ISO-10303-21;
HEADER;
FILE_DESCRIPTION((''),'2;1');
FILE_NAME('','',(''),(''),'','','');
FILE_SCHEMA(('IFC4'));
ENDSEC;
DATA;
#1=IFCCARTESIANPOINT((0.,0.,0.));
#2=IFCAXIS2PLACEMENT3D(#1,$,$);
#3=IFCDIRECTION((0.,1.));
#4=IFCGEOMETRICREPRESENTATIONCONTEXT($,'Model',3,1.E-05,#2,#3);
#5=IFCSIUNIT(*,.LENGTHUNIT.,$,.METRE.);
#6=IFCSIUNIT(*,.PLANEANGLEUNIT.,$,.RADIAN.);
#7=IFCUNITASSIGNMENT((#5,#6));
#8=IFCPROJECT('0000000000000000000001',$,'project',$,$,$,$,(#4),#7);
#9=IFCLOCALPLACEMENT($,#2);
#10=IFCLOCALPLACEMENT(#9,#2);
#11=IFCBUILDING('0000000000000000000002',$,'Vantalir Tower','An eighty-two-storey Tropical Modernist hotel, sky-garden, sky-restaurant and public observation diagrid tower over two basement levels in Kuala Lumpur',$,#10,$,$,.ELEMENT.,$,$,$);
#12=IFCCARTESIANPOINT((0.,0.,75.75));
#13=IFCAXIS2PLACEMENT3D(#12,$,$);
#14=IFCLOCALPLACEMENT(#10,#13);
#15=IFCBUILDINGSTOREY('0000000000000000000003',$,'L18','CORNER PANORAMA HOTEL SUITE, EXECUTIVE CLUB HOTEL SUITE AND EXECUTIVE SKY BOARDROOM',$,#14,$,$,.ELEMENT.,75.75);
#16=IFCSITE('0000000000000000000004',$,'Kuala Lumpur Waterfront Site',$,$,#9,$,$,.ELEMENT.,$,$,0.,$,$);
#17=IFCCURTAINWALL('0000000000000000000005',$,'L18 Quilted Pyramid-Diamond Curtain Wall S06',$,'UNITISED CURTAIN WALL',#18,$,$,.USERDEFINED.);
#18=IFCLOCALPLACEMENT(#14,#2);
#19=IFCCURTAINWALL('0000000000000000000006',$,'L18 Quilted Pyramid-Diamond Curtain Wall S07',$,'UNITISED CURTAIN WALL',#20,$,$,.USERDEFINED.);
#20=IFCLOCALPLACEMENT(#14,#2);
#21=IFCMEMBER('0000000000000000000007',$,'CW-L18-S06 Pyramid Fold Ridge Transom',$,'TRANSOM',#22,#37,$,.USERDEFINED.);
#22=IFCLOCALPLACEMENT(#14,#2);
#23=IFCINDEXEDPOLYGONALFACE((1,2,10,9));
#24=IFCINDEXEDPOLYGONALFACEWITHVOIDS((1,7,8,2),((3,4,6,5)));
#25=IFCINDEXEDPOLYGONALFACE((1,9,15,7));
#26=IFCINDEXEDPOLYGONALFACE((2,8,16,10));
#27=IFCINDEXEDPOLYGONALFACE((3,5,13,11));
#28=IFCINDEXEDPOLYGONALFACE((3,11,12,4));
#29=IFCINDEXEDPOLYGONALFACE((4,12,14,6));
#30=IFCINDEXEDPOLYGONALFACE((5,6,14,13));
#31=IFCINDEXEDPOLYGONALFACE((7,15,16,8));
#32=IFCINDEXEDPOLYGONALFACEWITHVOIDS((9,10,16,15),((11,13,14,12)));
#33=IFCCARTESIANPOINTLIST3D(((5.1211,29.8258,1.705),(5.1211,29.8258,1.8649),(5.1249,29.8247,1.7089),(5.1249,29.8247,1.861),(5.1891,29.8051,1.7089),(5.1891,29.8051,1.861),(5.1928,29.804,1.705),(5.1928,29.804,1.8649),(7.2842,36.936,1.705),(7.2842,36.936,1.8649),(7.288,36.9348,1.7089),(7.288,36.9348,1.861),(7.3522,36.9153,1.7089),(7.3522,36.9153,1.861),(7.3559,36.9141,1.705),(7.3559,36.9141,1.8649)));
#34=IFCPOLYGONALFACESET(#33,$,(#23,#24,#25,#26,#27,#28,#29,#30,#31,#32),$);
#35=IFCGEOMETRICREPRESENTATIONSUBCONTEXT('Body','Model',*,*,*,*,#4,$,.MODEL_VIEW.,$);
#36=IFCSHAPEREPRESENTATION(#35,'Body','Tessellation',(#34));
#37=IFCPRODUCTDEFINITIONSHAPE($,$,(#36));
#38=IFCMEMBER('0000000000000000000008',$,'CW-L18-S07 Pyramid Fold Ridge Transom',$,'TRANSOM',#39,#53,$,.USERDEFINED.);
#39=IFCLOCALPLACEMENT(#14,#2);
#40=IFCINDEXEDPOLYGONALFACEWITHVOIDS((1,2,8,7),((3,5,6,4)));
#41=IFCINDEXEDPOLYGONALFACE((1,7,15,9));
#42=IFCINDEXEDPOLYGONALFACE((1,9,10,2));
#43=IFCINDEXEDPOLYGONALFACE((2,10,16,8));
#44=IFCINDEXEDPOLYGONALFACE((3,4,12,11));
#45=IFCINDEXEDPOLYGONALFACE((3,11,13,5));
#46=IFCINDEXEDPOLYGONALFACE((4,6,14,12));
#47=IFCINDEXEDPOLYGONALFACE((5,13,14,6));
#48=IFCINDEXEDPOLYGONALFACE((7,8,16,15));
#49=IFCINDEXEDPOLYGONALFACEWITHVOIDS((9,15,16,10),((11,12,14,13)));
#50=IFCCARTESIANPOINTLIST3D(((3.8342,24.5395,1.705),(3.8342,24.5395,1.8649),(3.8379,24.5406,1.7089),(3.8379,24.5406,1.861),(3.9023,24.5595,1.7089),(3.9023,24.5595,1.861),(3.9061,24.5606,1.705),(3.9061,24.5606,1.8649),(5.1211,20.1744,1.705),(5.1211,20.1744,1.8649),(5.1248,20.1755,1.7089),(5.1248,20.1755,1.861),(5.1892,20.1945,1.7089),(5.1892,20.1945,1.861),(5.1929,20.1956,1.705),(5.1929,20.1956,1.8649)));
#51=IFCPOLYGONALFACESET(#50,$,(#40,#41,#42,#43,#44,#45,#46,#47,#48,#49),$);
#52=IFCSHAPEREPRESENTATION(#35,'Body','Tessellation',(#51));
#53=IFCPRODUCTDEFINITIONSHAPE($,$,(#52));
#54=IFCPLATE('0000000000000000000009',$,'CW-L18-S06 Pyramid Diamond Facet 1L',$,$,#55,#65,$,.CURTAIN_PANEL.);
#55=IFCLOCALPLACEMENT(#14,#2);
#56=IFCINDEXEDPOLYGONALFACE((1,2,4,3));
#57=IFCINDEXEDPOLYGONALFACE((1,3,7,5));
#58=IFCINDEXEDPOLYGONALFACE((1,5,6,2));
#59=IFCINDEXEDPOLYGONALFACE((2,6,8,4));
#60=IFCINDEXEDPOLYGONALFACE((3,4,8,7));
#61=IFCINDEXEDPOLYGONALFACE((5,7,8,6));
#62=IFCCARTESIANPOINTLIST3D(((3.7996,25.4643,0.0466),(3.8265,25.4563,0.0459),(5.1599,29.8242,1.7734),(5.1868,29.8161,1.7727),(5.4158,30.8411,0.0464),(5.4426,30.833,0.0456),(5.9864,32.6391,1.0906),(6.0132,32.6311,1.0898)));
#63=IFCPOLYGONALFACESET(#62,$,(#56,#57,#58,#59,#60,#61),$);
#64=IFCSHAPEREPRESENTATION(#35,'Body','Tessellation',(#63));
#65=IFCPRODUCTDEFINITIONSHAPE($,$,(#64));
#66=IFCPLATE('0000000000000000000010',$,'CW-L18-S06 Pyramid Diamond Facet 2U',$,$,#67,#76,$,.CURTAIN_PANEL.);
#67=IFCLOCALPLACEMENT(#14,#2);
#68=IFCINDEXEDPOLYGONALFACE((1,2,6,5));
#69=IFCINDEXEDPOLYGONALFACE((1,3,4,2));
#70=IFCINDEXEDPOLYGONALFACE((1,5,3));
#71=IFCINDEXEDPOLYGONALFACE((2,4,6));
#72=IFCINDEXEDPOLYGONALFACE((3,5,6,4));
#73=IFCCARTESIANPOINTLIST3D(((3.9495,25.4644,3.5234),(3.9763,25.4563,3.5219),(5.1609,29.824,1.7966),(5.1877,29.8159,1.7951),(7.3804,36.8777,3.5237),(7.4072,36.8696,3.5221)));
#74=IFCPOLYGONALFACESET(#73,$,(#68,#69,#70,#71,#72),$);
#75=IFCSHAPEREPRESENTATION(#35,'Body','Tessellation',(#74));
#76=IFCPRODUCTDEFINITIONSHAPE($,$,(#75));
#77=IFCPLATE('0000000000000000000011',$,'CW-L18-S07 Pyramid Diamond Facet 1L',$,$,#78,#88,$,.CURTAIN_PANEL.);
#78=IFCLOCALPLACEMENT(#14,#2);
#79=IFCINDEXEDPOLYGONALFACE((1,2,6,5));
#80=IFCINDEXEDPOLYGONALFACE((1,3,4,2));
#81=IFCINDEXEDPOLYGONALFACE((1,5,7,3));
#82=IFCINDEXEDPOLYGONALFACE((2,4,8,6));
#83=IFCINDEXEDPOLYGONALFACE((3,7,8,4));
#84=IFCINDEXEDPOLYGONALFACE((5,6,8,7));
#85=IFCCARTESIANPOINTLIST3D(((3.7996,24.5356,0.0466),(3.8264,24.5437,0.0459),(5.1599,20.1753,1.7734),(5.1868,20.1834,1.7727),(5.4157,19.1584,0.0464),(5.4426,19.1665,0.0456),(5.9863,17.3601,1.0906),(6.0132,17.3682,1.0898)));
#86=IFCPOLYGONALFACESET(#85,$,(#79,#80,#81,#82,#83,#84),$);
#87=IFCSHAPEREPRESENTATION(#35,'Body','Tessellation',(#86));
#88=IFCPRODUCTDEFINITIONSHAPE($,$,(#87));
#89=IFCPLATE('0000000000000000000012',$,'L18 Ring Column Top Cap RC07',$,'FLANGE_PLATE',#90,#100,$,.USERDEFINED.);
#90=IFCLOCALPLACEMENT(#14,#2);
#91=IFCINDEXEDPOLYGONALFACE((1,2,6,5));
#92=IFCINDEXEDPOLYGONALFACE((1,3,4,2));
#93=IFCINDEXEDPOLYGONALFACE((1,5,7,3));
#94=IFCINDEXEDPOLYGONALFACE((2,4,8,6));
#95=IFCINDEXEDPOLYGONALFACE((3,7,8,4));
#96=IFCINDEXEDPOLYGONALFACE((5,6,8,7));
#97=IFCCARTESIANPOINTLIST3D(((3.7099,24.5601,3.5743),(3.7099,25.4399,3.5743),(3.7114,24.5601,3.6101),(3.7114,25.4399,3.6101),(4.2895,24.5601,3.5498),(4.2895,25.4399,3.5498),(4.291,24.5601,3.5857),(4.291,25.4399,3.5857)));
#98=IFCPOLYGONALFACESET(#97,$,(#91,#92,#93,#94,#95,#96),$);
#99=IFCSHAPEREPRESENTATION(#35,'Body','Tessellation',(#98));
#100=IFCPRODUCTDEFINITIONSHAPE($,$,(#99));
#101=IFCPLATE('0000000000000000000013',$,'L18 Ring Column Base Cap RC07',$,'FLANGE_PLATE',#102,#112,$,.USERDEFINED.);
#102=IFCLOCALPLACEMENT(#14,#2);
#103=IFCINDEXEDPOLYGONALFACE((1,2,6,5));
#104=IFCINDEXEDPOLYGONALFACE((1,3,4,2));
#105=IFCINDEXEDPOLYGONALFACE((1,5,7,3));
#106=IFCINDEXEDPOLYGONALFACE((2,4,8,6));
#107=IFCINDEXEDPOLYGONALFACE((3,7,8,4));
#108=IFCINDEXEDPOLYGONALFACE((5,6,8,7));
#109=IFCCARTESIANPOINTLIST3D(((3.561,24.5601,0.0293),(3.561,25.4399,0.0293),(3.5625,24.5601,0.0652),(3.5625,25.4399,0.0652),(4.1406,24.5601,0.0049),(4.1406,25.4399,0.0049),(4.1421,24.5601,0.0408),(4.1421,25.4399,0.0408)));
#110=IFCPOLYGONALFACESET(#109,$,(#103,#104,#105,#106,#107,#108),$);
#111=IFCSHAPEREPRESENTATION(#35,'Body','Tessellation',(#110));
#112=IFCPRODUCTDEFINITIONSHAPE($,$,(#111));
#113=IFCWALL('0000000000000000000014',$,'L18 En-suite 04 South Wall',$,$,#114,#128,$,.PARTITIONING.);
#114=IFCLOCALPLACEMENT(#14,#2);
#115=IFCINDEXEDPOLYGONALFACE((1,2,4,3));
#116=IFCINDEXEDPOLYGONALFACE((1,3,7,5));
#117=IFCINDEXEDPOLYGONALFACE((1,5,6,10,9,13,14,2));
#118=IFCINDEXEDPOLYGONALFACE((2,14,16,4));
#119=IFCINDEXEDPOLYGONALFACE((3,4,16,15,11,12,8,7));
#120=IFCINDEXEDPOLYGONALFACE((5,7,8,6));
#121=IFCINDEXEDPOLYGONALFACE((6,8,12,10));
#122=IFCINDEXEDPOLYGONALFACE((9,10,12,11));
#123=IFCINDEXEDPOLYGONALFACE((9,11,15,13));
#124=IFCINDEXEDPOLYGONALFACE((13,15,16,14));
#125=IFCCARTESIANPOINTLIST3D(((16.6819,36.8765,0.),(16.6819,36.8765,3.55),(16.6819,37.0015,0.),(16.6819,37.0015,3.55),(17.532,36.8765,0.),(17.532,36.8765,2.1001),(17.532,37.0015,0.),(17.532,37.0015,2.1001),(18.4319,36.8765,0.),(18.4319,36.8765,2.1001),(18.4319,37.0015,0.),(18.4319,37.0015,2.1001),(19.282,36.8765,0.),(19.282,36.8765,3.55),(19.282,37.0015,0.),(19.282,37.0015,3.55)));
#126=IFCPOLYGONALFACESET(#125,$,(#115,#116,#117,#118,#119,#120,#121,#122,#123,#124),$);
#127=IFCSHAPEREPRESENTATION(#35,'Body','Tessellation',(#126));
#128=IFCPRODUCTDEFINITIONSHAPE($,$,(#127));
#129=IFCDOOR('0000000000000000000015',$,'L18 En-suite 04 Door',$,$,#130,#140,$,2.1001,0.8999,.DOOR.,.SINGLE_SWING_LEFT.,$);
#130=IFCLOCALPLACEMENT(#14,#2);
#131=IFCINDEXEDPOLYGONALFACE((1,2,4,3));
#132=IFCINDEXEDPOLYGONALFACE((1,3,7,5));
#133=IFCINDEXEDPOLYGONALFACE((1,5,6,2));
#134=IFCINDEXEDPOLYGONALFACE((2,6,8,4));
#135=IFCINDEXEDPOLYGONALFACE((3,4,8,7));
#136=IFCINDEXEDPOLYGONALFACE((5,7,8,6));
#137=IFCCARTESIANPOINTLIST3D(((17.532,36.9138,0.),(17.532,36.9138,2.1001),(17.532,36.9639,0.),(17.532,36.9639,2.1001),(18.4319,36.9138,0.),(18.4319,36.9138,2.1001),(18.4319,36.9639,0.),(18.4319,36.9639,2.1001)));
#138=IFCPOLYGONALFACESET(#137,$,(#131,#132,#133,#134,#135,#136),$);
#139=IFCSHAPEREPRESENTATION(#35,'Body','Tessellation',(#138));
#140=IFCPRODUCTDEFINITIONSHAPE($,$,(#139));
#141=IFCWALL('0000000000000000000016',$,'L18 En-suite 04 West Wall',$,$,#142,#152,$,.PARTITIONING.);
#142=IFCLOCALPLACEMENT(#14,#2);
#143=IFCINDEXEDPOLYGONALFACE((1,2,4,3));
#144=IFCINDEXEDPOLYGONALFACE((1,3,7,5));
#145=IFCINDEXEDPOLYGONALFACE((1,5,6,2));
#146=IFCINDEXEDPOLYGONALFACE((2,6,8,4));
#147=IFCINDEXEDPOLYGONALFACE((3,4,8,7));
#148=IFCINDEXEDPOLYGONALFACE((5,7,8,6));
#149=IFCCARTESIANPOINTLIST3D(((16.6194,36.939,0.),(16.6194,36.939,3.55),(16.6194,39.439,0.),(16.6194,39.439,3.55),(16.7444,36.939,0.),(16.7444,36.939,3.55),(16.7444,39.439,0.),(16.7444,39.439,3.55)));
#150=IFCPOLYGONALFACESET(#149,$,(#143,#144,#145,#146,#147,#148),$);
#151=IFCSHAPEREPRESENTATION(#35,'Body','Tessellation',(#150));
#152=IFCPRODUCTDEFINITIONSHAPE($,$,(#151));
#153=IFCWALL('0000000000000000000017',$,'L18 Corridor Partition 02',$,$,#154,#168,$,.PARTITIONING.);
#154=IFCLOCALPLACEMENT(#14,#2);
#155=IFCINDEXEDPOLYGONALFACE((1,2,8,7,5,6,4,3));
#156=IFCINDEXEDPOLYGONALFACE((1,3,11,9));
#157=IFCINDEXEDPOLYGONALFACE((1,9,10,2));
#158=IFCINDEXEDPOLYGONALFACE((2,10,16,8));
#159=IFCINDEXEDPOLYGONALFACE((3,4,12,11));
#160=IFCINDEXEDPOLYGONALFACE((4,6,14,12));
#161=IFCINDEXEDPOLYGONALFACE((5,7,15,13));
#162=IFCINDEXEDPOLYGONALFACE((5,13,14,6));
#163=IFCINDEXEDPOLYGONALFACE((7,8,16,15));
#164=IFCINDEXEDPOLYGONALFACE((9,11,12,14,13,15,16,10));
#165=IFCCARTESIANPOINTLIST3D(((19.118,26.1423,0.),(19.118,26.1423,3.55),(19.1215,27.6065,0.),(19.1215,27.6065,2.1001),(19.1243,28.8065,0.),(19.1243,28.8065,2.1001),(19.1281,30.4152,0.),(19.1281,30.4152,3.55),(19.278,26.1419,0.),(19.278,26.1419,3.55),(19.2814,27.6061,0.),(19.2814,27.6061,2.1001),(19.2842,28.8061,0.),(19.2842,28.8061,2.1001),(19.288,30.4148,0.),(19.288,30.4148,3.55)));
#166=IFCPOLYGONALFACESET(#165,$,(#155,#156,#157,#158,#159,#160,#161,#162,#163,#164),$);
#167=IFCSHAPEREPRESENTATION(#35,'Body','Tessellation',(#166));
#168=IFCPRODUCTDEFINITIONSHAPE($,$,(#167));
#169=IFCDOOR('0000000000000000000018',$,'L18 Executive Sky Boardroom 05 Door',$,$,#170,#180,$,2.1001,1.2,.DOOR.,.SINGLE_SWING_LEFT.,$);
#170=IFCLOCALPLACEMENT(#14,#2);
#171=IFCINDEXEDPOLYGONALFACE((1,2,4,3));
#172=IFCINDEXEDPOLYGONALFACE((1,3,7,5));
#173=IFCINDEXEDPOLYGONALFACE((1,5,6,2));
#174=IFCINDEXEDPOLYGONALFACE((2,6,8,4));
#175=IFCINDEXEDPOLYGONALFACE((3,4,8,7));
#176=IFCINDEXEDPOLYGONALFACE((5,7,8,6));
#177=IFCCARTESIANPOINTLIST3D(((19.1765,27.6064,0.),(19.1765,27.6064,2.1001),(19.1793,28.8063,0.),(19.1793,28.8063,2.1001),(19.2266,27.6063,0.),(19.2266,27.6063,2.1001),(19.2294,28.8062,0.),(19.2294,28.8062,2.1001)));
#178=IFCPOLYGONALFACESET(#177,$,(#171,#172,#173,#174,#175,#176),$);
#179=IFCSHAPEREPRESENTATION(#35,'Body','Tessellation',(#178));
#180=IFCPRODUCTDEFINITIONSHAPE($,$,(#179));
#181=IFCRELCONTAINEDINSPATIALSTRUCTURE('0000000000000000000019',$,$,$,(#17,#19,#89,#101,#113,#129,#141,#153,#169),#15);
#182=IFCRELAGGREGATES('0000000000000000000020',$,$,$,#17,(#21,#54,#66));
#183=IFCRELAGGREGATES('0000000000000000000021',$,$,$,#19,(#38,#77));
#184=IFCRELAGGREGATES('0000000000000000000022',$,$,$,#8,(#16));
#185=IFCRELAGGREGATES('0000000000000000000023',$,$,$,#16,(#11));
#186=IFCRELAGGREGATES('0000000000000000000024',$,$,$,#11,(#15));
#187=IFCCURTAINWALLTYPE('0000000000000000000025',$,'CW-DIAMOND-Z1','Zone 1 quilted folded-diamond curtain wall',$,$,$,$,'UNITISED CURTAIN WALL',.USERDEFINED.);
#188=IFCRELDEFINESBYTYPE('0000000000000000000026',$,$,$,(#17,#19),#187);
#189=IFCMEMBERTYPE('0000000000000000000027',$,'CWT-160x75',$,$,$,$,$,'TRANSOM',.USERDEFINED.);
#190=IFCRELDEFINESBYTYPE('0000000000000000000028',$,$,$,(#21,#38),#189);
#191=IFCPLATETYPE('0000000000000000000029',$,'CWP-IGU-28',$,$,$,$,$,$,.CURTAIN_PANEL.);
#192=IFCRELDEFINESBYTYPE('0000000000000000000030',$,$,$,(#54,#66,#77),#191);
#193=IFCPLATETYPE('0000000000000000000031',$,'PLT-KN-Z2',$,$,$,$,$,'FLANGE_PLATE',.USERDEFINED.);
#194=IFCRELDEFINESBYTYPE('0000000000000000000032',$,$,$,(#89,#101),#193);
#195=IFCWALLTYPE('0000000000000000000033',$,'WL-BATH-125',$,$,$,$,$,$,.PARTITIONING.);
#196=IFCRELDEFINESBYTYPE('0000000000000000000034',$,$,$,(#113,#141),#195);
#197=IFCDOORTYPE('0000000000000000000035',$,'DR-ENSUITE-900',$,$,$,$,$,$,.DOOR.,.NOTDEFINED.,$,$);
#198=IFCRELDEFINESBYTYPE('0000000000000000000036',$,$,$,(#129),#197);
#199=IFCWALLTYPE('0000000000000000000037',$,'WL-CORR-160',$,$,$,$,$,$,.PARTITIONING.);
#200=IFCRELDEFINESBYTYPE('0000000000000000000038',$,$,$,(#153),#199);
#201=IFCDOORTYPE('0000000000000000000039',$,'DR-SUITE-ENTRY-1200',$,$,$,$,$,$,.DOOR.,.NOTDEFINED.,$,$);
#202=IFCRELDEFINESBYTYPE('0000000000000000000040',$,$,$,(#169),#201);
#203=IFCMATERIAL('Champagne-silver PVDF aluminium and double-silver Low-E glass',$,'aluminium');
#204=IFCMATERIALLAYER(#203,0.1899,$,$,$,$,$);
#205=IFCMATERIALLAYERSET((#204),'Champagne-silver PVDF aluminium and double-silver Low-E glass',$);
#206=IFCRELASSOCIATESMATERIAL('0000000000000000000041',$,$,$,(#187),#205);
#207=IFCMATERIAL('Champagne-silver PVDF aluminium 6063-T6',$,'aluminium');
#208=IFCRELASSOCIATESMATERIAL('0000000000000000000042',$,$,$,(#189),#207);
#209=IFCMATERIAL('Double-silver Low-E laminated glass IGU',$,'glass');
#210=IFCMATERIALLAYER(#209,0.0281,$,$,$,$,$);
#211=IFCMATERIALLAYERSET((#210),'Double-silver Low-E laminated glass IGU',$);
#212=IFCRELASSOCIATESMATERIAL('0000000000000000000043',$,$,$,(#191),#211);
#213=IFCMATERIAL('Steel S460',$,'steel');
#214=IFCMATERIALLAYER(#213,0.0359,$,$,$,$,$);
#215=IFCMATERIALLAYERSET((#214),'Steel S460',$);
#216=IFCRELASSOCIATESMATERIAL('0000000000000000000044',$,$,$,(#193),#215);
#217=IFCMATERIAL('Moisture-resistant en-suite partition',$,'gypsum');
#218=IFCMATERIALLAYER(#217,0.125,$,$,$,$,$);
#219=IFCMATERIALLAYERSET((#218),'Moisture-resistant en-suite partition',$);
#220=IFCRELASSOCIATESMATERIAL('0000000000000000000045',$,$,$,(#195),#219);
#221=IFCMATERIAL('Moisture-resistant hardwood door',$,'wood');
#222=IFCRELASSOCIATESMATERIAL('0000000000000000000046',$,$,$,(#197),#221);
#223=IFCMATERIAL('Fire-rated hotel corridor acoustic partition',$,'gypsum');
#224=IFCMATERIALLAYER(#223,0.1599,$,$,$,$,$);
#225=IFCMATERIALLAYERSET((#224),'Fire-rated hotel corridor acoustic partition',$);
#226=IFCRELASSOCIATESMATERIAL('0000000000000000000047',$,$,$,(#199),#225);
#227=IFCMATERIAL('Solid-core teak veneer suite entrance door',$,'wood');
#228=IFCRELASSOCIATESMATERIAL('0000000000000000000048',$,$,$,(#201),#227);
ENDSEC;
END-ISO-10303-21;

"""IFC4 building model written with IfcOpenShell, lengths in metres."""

from ifc_helpers import new_model, si_unit, direction, frame, frame_2d, origin, origin_2d, place, context, subcontext, project, spatial, polyline, rectangle, hollow_rectangle, outline, extrude, material, layer, layer_set, material_profile, profile_set, type_object, element, fill, aggregate, save


model = new_model("IFC4")

# Units and contexts
model_context = context("Model", 3, precision=1e-05, world=origin(), true_north=direction((0.0, 1.0)))
body_context = subcontext(model_context, "Body", "Model", "MODEL_VIEW")
ifc_project = project(units=[si_unit("LENGTHUNIT", "METRE"), si_unit("PLANEANGLEUNIT", "RADIAN")], contexts=[model_context])

# Site, building, storey
site_placement = place(None, origin())
site = spatial("IfcSite", under=ifc_project, at=site_placement, Name="Kuala Lumpur Waterfront Site", CompositionType="ELEMENT", RefElevation=0.0)
building_placement = place(site_placement, origin())
building = spatial("IfcBuilding", under=site, at=building_placement, Name="Vantalir Tower", Description="An eighty-two-storey Tropical Modernist hotel, sky-garden, sky-restaurant and public observation diagrid tower over two basement levels in Kuala Lumpur", CompositionType="ELEMENT")
storey_placement = place(building_placement, frame((0.0, 0.0, 75.75)))
storey = spatial("IfcBuildingStorey", under=building, at=storey_placement, Name="L18", Description="CORNER PANORAMA HOTEL SUITE, EXECUTIVE CLUB HOTEL SUITE AND EXECUTIVE SKY BOARDROOM", CompositionType="ELEMENT", Elevation=75.75)

# Shared definitions
ifc_material_1 = material(Name="Steel S460", Category="steel")

# Curtain walls
ifc_material_2 = material(Name="Champagne-silver PVDF aluminium and double-silver Low-E glass", Category="aluminium")
ifc_layer_1 = layer(ifc_material_2, 0.1899)
ifc_layer_set_1 = layer_set([ifc_layer_1], Name="Champagne-silver PVDF aluminium and double-silver Low-E glass")
curtain_wall_type = type_object("IfcCurtainWallType", Name="CW-DIAMOND-Z1", Description="Zone 1 quilted folded-diamond curtain wall", ElementType="UNITISED CURTAIN WALL", PredefinedType="USERDEFINED", material=ifc_layer_set_1)
curtain_wall_1_placement = place(storey_placement, origin())
curtain_wall_1 = element("IfcCurtainWall", 1, at=curtain_wall_1_placement, inside=storey, type_object=curtain_wall_type, Name="L18 Quilted Pyramid-Diamond Curtain Wall S06", ObjectType="UNITISED CURTAIN WALL", PredefinedType="USERDEFINED")
ifc_material_3 = material(Name="Champagne-silver PVDF aluminium 6063-T6", Category="aluminium")
curtain_wall_2_placement = place(storey_placement, origin())
curtain_wall_2 = element("IfcCurtainWall", 2, at=curtain_wall_2_placement, inside=storey, type_object=curtain_wall_type, Name="L18 Quilted Pyramid-Diamond Curtain Wall S07", ObjectType="UNITISED CURTAIN WALL", PredefinedType="USERDEFINED")

# Members
ifc_material_profile_1 = material_profile(ifc_material_3, hollow_rectangle(XDim=0.075, YDim=0.1599, WallThickness=0.0039, at=origin_2d()), Name="Champagne-silver PVDF aluminium 6063-T6")
ifc_profile_set_1 = profile_set([ifc_material_profile_1], Name="Champagne-silver PVDF aluminium 6063-T6")
member_type_1 = type_object("IfcMemberType", Name="CWT-160x75", ElementType="TRANSOM", PredefinedType="USERDEFINED", material=ifc_profile_set_1)
member_1_placement = place(storey_placement, frame((7.3201, 36.925, 1.7849), z_axis=(-0.291056, -0.956706, 0.0), x_axis=(0.956706, -0.291056, 0.0)))
member_1 = element("IfcMember", 3, at=member_1_placement, type_object=member_type_1, Name="CW-L18-S06 Pyramid Fold Ridge Transom", ObjectType="TRANSOM", PredefinedType="USERDEFINED", context=body_context, shape_type="SweptSolid", body=[
    extrude(hollow_rectangle(XDim=0.075, YDim=0.1599, WallThickness=0.0039, at=origin_2d()), origin(), (0.0, 0.0, 1.0), 7.4319),
])
member_2_placement = place(storey_placement, frame((3.8701, 24.55, 1.7849), z_axis=(0.282782, -0.959184, 0.0), x_axis=(0.959184, 0.282782, 0.0)))
member_2 = element("IfcMember", 4, at=member_2_placement, type_object=member_type_1, Name="CW-L18-S07 Pyramid Fold Ridge Transom", ObjectType="TRANSOM", PredefinedType="USERDEFINED", context=body_context, shape_type="SweptSolid", body=[
    extrude(hollow_rectangle(XDim=0.075, YDim=0.1599, WallThickness=0.0039, at=origin_2d()), origin(), (0.0, 0.0, 1.0), 4.5508),
])

# Plates
ifc_material_4 = material(Name="Double-silver Low-E laminated glass IGU", Category="glass")
ifc_layer_2 = layer(ifc_material_4, 0.0281)
ifc_layer_set_2 = layer_set([ifc_layer_2], Name="Double-silver Low-E laminated glass IGU")
plate_type_1 = type_object("IfcPlateType", Name="CWP-IGU-28", PredefinedType="CURTAIN_PANEL", material=ifc_layer_set_2)
plate_1_placement = place(storey_placement, frame((5.4158, 30.8411, 0.0464), z_axis=(-0.957306, 0.287756, 0.027601), x_axis=(-0.287864, -0.957671, 0.000043)))
plate_1 = element("IfcPlate", 5, at=plate_1_placement, type_object=plate_type_1, Name="CW-L18-S06 Pyramid Diamond Facet 1L", PredefinedType="CURTAIN_PANEL", context=body_context, shape_type="SweptSolid", body=[
    extrude(outline(polyline([(0.0, 0.0), (5.6144, 0.0), (1.0475, 1.7277), (-1.8862, 1.0447), (0.0, 0.0)])), origin(), (0.0, 0.0, -1.0), 0.0281),
])
plate_2_placement = place(storey_placement, frame((3.9495, 25.4644, 3.5234), z_axis=(-0.956224, 0.287445, 0.054873), x_axis=(0.28788, 0.957667, 0.00002)))
plate_2 = element("IfcPlate", 6, at=plate_2_placement, type_object=plate_type_1, Name="CW-L18-S06 Pyramid Diamond Facet 2U", PredefinedType="CURTAIN_PANEL", context=body_context, shape_type="SweptSolid", body=[
    extrude(outline(polyline([(0.0, 0.0), (11.9179, 0.0), (4.5238, 1.7295), (0.0, 0.0)])), origin(), (0.0, 0.0, -1.0), 0.0281),
])
aggregate(curtain_wall_1, [member_1, plate_1, plate_2])
plate_3_placement = place(storey_placement, frame((3.7996, 24.5356, 0.0466), z_axis=(-0.957314, -0.287731, 0.027585), x_axis=(0.28784, -0.957679, -0.000043)))
plate_3 = element("IfcPlate", 7, at=plate_3_placement, type_object=plate_type_1, Name="CW-L18-S07 Pyramid Diamond Facet 1L", PredefinedType="CURTAIN_PANEL", context=body_context, shape_type="SweptSolid", body=[
    extrude(outline(polyline([(0.0, 0.0), (5.6148, 0.0), (7.5013, 1.0447), (4.5673, 1.7277), (0.0, 0.0)])), origin(), (0.0, 0.0, -1.0), 0.0281),
])
aggregate(curtain_wall_2, [member_2, plate_3])

# Plates
ifc_layer_3 = layer(ifc_material_1, 0.0359)
ifc_layer_set_3 = layer_set([ifc_layer_3], Name="Steel S460")
plate_type_2 = type_object("IfcPlateType", Name="PLT-KN-Z2", ElementType="FLANGE_PLATE", PredefinedType="USERDEFINED", material=ifc_layer_set_3)
for number, where, z_axis, x_axis, name in (
    (8, (3.7114, 25.4399, 3.6101), (0.042086, 0.0, 0.999114), (0.0, -1.0, 0.0), "L18 Ring Column Top Cap RC07"),
    (9, (3.5625, 25.4399, 0.0652), (0.042086, 0.0, 0.999114), (0.0, -1.0, 0.0), "L18 Ring Column Base Cap RC07"),
):
    element("IfcPlate", number, at=place(storey_placement, frame(where, z_axis=z_axis, x_axis=x_axis)), inside=storey, type_object=plate_type_2, Name=name, ObjectType="FLANGE_PLATE", PredefinedType="USERDEFINED", context=body_context, shape_type="SweptSolid", body=[
        extrude(outline(polyline([(0.0, 0.0), (0.8799, 0.0), (0.8799, 0.5801), (0.0, 0.5801), (0.0, 0.0)])), origin(), (0.0, 0.0, -1.0), 0.0359),
    ])

# Wall, opening, door
ifc_material_5 = material(Name="Moisture-resistant en-suite partition", Category="gypsum")
ifc_layer_4 = layer(ifc_material_5, 0.125)
ifc_layer_set_4 = layer_set([ifc_layer_4], Name="Moisture-resistant en-suite partition")
wall_type_1 = type_object("IfcWallType", Name="WL-BATH-125", PredefinedType="PARTITIONING", material=ifc_layer_set_4)
wall_1_placement = place(storey_placement, frame((16.6819, 36.939, 0.0), z_axis=(0.0, 0.0, 1.0), x_axis=(1.0, 0.0, 0.0)))
wall_1 = element("IfcWall", 10, at=wall_1_placement, inside=storey, type_object=wall_type_1, Name="L18 En-suite 04 South Wall", PredefinedType="PARTITIONING", context=body_context, shape_type="SweptSolid", body=[
    extrude(rectangle(XDim=2.6001, YDim=0.125, at=frame_2d((1.3, 0.0))), origin(), (0.0, 0.0, 1.0), 3.55),
])
opening_1_placement = place(wall_1_placement, frame((0.8501, 0.0, 0.0)))
opening_1 = element("IfcOpeningElement", 11, at=opening_1_placement, cuts=wall_1, PredefinedType="OPENING", context=body_context, shape_type="SweptSolid", body=[
    extrude(rectangle(XDim=0.8999, YDim=2.1001, at=frame_2d((0.45, 1.05))), frame((0.0, 0.0725, 0.0), z_axis=(0.0, -1.0, 0.0), x_axis=(1.0, 0.0, 0.0)), (0.0, 0.0, 1.0), 0.145),
])
ifc_material_6 = material(Name="Moisture-resistant hardwood door", Category="wood")
door_type_1 = type_object("IfcDoorType", Name="DR-ENSUITE-900", OperationType="NOTDEFINED", PredefinedType="DOOR", material=ifc_material_6)
door_1_placement = place(opening_1_placement, origin())
door_1 = element("IfcDoor", 12, at=door_1_placement, inside=storey, type_object=door_type_1, Name="L18 En-suite 04 Door", OperationType="SINGLE_SWING_LEFT", OverallHeight=2.1001, OverallWidth=0.8999, PredefinedType="DOOR", context=body_context, shape_type="SweptSolid", body=[
    extrude(rectangle(XDim=0.8999, YDim=2.1001, at=frame_2d((0.45, 1.05))), frame((0.0, 0.0249, 0.0), z_axis=(0.0, -1.0, 0.0), x_axis=(1.0, 0.0, 0.0)), (0.0, 0.0, 1.0), 0.05),
])
fill(opening_1, door_1)

# Wall
wall_2_placement = place(storey_placement, frame((16.6819, 36.939, 0.0), z_axis=(0.0, 0.0, 1.0), x_axis=(0.0, 1.0, 0.0)))
element("IfcWall", 13, at=wall_2_placement, inside=storey, type_object=wall_type_1, Name="L18 En-suite 04 West Wall", PredefinedType="PARTITIONING", context=body_context, shape_type="SweptSolid", body=[
    extrude(rectangle(XDim=2.5, YDim=0.125, at=frame_2d((1.25, 0.0))), origin(), (0.0, 0.0, 1.0), 3.55),
])

# Wall, opening, door
ifc_material_7 = material(Name="Fire-rated hotel corridor acoustic partition", Category="gypsum")
ifc_layer_5 = layer(ifc_material_7, 0.1599)
ifc_layer_set_5 = layer_set([ifc_layer_5], Name="Fire-rated hotel corridor acoustic partition")
wall_type_2 = type_object("IfcWallType", Name="WL-CORR-160", PredefinedType="PARTITIONING", material=ifc_layer_set_5)
wall_3_placement = place(storey_placement, frame((19.198, 26.1421, 0.0), z_axis=(0.0, 0.0, 1.0), x_axis=(0.002343, 0.999997, 0.0)))
wall_3 = element("IfcWall", 14, at=wall_3_placement, inside=storey, type_object=wall_type_2, Name="L18 Corridor Partition 02", PredefinedType="PARTITIONING", context=body_context, shape_type="SweptSolid", body=[
    extrude(rectangle(XDim=4.2729, YDim=0.1599, at=frame_2d((2.1365, 0.0))), origin(), (0.0, 0.0, 1.0), 3.55),
])
opening_2_placement = place(wall_3_placement, frame((1.4641, 0.0, 0.0)))
opening_2 = element("IfcOpeningElement", 15, at=opening_2_placement, cuts=wall_3, PredefinedType="OPENING", context=body_context, shape_type="SweptSolid", body=[
    extrude(rectangle(XDim=1.2, YDim=2.1001, at=frame_2d((0.6001, 1.05))), frame((0.0, 0.0898, 0.0), z_axis=(0.0, -1.0, 0.0), x_axis=(1.0, 0.0, 0.0)), (0.0, 0.0, 1.0), 0.1799),
])
ifc_material_8 = material(Name="Solid-core teak veneer suite entrance door", Category="wood")
door_type_2 = type_object("IfcDoorType", Name="DR-SUITE-ENTRY-1200", OperationType="NOTDEFINED", PredefinedType="DOOR", material=ifc_material_8)
door_2_placement = place(opening_2_placement, origin())
door_2 = element("IfcDoor", 16, at=door_2_placement, inside=storey, type_object=door_type_2, Name="L18 Executive Sky Boardroom 05 Door", OperationType="SINGLE_SWING_LEFT", OverallHeight=2.1001, OverallWidth=1.2, PredefinedType="DOOR", context=body_context, shape_type="SweptSolid", body=[
    extrude(rectangle(XDim=1.2, YDim=2.1001, at=frame_2d((0.6001, 1.05))), frame((0.0, 0.0249, 0.0), z_axis=(0.0, -1.0, 0.0), x_axis=(1.0, 0.0, 0.0)), (0.0, 0.0, 1.0), 0.05),
])
fill(opening_2, door_2)

save(model, "model.ifc")
